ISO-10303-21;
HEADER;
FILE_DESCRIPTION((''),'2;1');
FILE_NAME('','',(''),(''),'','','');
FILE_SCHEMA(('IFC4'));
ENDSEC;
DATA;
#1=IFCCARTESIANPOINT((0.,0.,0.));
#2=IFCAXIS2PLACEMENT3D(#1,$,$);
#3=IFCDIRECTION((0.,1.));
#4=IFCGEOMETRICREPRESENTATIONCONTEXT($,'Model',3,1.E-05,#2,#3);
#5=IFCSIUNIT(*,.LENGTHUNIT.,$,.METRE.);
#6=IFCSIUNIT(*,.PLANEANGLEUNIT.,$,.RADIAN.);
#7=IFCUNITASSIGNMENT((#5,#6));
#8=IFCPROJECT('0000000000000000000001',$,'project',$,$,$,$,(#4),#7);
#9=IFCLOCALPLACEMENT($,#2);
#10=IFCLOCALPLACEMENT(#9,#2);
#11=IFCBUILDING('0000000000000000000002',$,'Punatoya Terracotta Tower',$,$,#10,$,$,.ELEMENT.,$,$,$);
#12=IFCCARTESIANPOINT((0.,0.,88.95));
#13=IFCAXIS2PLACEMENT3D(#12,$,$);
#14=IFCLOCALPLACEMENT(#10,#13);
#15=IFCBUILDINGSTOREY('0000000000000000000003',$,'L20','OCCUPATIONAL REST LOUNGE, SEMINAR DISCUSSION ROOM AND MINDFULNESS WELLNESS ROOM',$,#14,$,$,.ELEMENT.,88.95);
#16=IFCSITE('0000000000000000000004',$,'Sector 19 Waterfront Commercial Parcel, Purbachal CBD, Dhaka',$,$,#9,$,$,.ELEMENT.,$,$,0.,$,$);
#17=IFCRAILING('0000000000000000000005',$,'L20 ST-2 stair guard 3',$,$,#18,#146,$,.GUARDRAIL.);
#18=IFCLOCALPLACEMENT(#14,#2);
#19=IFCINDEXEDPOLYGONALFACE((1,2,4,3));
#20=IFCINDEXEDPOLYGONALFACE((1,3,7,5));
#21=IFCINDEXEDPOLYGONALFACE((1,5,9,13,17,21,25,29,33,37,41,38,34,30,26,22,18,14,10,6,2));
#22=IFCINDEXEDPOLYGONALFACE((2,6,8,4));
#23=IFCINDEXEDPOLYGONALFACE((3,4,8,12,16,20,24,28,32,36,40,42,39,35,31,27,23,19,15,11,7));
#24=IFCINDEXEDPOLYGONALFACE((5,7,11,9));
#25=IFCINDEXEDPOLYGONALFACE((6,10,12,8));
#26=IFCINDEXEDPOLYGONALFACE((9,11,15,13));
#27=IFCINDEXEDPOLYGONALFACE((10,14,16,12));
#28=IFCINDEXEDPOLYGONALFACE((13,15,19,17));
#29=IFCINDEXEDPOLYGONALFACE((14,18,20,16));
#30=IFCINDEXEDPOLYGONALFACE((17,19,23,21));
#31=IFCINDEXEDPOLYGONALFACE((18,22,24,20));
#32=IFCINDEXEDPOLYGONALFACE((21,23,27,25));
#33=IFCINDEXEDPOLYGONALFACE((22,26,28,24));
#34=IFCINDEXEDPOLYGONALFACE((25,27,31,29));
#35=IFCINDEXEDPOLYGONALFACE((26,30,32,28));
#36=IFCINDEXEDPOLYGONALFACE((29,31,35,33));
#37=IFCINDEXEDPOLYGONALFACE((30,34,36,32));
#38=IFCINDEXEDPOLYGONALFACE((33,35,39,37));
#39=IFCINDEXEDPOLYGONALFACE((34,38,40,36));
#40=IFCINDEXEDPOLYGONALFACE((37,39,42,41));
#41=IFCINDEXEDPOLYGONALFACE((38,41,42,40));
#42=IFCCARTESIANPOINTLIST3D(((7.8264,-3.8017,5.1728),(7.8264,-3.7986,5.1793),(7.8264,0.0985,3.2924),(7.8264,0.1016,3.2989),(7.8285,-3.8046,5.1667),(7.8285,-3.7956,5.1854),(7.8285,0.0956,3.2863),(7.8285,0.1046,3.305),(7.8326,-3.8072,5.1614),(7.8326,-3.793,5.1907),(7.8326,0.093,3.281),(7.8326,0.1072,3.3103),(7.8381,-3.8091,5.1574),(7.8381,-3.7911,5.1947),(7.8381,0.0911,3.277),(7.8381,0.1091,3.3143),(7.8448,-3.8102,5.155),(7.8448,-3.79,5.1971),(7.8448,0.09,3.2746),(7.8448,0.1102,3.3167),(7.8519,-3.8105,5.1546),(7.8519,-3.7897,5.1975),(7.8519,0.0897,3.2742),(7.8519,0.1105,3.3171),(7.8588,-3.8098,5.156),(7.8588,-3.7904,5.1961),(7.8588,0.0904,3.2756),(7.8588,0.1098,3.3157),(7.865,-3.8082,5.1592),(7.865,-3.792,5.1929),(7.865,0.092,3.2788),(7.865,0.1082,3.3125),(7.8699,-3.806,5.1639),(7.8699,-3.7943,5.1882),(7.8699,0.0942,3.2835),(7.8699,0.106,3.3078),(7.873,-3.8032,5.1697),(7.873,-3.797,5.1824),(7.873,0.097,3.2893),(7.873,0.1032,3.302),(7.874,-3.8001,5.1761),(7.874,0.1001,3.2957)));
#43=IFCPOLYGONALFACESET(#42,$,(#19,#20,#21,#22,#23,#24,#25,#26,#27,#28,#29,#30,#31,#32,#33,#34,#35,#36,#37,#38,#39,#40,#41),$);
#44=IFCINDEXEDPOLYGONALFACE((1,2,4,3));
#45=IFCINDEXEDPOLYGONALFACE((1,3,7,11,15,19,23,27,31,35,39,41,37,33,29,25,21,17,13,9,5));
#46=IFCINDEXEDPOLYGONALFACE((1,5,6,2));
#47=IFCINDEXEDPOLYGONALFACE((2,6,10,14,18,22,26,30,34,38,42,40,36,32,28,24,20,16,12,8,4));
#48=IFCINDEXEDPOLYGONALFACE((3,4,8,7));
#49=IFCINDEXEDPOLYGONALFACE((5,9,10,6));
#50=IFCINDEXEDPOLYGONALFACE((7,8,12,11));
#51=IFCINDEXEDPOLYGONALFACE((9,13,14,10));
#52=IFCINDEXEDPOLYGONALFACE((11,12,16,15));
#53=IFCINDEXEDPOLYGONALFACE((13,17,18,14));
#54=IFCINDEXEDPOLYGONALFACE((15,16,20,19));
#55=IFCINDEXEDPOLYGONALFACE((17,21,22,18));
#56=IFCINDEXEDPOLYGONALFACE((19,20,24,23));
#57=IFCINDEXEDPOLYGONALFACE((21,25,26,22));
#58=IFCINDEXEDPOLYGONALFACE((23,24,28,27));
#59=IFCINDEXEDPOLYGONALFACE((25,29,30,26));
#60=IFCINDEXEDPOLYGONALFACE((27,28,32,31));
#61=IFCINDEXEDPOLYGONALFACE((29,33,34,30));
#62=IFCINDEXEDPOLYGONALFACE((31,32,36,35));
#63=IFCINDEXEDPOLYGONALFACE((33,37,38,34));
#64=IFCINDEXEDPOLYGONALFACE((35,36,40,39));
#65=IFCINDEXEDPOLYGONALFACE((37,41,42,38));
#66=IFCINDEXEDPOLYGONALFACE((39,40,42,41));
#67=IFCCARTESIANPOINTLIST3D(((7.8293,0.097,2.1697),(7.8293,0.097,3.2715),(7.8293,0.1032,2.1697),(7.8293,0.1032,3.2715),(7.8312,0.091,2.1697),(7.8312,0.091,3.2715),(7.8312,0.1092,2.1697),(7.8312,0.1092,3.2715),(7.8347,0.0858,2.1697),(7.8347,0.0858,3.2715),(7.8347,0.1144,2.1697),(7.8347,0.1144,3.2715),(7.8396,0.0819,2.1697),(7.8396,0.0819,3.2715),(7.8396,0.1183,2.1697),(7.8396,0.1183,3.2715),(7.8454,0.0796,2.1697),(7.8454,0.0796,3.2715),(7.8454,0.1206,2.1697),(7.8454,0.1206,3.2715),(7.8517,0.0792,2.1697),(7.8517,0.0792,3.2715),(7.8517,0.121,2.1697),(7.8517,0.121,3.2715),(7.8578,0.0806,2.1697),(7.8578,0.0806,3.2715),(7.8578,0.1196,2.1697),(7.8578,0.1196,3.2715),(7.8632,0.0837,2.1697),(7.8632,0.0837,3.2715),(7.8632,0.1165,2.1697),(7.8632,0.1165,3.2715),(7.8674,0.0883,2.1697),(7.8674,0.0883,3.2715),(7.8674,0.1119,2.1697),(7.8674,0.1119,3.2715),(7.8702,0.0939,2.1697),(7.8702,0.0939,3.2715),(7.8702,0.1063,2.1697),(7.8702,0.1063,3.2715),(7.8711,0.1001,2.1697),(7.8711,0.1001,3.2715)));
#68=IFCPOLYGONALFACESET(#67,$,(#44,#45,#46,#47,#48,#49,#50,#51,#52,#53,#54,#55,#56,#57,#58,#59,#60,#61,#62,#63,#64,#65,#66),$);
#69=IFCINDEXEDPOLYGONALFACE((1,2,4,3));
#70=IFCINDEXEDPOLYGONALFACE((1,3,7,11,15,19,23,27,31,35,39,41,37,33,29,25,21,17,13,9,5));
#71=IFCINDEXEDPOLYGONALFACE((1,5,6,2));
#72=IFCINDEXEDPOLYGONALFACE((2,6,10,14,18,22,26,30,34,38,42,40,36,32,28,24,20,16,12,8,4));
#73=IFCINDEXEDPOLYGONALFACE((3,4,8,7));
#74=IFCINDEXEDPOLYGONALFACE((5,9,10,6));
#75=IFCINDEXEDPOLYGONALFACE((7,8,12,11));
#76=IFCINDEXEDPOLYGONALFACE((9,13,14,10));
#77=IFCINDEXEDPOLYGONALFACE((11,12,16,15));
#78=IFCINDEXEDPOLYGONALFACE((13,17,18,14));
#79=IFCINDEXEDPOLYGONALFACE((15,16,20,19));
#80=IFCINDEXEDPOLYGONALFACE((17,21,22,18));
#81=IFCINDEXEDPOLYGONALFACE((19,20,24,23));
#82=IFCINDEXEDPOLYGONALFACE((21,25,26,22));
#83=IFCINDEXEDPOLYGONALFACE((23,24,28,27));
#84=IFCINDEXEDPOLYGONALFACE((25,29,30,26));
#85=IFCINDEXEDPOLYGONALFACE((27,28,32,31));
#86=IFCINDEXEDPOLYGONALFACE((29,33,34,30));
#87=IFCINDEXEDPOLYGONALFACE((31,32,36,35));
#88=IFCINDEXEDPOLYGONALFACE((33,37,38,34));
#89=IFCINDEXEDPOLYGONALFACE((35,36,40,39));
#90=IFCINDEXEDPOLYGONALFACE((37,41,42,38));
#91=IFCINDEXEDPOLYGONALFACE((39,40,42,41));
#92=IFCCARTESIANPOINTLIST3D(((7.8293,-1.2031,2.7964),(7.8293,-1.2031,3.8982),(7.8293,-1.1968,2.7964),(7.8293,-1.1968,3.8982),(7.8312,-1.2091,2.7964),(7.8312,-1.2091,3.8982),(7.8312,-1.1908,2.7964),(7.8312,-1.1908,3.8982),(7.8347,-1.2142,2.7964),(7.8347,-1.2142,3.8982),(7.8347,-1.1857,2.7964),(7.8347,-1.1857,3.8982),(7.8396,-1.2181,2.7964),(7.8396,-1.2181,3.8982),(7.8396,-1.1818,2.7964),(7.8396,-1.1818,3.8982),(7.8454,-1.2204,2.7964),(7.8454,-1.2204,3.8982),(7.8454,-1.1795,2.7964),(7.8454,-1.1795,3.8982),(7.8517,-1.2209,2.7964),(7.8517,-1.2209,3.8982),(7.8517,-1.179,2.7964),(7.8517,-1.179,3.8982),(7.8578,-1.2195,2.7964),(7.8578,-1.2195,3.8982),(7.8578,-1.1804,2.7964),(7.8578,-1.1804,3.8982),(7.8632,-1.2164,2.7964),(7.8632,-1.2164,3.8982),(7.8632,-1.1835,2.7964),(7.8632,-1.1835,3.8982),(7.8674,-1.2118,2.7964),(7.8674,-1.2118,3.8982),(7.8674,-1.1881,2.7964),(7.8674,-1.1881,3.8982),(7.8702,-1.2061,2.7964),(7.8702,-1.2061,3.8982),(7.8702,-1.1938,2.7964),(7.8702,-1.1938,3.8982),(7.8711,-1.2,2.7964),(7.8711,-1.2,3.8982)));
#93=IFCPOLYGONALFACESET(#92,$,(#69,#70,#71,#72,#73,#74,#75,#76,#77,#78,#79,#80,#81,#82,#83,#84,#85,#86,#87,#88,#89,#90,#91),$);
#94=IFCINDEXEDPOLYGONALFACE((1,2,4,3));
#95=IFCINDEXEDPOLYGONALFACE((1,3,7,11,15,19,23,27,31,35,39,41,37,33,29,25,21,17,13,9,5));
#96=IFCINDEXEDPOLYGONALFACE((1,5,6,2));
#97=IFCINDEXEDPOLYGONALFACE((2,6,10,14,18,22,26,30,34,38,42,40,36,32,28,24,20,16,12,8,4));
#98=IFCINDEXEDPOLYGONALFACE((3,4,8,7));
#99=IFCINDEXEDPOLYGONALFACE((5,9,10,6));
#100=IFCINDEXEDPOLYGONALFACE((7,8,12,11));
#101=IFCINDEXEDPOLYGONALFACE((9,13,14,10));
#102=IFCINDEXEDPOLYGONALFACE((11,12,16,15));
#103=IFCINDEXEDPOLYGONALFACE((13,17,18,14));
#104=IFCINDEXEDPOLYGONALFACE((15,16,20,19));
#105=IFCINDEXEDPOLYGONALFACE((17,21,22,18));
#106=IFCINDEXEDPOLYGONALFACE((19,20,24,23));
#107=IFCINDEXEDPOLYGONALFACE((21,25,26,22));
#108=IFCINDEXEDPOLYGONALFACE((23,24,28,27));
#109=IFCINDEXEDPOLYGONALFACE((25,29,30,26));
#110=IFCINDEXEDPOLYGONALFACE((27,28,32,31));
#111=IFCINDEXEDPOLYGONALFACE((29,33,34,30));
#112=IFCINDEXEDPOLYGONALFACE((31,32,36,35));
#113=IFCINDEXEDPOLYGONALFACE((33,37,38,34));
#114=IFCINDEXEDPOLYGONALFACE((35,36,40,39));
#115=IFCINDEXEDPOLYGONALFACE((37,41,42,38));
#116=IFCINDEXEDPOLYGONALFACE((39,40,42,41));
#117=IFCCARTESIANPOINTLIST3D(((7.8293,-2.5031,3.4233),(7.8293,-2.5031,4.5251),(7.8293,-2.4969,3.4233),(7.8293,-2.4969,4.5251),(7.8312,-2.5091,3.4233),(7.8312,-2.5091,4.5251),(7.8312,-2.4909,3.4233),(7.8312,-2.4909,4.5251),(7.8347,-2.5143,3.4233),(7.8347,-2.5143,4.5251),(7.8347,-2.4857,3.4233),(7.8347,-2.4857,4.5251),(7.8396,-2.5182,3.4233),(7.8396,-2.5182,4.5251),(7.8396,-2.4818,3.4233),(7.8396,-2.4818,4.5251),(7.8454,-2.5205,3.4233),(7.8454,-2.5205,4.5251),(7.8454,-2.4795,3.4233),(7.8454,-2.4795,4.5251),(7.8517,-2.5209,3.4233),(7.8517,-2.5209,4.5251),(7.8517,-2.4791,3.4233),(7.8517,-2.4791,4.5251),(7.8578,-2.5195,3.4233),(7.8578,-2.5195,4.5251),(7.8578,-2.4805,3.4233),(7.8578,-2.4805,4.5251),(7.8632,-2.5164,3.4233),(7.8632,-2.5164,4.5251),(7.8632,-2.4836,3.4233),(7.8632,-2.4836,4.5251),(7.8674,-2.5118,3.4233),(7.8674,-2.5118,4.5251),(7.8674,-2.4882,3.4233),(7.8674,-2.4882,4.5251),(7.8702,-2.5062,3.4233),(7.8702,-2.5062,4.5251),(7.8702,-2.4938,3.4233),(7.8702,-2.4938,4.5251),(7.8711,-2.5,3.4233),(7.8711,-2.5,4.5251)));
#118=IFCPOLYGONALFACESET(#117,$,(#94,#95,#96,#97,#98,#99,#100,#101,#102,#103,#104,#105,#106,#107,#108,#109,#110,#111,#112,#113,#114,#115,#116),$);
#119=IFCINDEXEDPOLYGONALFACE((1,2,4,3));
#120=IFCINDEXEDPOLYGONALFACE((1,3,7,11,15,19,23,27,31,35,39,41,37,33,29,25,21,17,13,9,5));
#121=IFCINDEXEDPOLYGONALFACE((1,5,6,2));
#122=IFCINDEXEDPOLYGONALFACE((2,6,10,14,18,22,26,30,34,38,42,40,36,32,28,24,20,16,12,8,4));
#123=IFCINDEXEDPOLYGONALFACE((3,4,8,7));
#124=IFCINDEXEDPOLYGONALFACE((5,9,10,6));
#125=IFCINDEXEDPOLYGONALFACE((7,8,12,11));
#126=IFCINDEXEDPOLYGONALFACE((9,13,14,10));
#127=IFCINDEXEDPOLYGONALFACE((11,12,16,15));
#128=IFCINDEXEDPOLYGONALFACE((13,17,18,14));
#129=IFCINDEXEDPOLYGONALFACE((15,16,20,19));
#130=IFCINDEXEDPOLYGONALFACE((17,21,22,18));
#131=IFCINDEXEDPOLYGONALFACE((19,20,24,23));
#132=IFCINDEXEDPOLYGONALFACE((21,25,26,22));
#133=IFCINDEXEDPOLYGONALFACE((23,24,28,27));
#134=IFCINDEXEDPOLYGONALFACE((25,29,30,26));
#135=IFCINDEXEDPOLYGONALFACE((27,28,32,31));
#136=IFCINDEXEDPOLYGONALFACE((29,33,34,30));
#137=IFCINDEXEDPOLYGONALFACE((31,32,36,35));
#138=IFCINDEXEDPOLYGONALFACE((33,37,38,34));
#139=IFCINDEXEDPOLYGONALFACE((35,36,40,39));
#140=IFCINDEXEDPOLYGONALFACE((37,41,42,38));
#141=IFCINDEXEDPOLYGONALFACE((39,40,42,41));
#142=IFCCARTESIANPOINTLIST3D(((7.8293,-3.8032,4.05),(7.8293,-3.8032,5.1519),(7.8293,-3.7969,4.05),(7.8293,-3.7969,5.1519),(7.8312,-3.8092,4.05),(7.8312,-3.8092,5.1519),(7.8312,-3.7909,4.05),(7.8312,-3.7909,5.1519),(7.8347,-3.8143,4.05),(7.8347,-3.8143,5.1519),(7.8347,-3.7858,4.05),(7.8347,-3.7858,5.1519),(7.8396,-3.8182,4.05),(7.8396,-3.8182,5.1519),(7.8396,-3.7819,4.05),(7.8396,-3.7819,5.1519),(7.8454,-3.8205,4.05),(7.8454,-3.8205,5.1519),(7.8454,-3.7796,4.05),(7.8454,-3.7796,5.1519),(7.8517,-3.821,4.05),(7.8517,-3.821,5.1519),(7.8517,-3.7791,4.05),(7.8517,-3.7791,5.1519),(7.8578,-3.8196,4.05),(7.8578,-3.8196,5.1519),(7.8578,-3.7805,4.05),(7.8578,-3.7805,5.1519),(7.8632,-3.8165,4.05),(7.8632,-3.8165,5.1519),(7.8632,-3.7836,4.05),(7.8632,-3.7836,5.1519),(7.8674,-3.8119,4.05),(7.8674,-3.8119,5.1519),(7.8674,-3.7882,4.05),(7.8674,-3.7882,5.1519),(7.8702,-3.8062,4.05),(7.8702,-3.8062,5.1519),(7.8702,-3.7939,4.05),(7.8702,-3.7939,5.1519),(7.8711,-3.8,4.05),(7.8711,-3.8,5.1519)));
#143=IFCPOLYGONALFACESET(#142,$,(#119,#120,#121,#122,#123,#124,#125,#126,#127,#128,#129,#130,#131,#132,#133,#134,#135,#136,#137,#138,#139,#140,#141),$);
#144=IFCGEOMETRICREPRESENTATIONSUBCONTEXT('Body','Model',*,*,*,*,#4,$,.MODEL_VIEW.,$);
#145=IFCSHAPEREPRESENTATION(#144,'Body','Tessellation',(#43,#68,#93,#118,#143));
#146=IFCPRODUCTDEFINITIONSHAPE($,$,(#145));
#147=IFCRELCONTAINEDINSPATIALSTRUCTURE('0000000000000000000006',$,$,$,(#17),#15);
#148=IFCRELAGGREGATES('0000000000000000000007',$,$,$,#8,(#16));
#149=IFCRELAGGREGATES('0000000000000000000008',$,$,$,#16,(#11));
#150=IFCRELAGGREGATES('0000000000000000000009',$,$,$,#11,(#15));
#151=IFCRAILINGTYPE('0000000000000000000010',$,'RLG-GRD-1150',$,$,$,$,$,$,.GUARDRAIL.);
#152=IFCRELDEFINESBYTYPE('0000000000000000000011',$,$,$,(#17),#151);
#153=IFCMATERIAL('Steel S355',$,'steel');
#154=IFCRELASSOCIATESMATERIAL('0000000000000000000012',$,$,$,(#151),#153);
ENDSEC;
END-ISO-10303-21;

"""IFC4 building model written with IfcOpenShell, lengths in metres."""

from ifc_helpers import new_model, si_unit, direction, frame, origin, origin_2d, place, context, subcontext, project, spatial, circle, extrude, material, type_object, element, save


model = new_model("IFC4")

# Units and contexts
model_context = context("Model", 3, precision=1e-05, world=origin(), true_north=direction((0.0, 1.0)))
body_context = subcontext(model_context, "Body", "Model", "MODEL_VIEW")
ifc_project = project(units=[si_unit("LENGTHUNIT", "METRE"), si_unit("PLANEANGLEUNIT", "RADIAN")], contexts=[model_context])

# Site, building, storey
site_placement = place(None, origin())
site = spatial("IfcSite", under=ifc_project, at=site_placement, Name="Sector 19 Waterfront Commercial Parcel, Purbachal CBD, Dhaka", CompositionType="ELEMENT", RefElevation=0.0)
building_placement = place(site_placement, origin())
building = spatial("IfcBuilding", under=site, at=building_placement, Name="Punatoya Terracotta Tower", CompositionType="ELEMENT")
storey_placement = place(building_placement, frame((0.0, 0.0, 88.95)))
storey = spatial("IfcBuildingStorey", under=building, at=storey_placement, Name="L20", Description="OCCUPATIONAL REST LOUNGE, SEMINAR DISCUSSION ROOM AND MINDFULNESS WELLNESS ROOM", CompositionType="ELEMENT", Elevation=88.95)

# Shared definitions
ifc_material_1 = material(Name="Steel S355", Category="steel")

# Railing
railing_type_1 = type_object("IfcRailingType", Name="RLG-GRD-1150", PredefinedType="GUARDRAIL", material=ifc_material_1)
railing_1_placement = place(storey_placement, frame((7.8501, 0.1001, 2.1697)))
element("IfcRailing", 1, at=railing_1_placement, inside=storey, type_object=railing_type_1, Name="L20 ST-2 stair guard 3", PredefinedType="GUARDRAIL", context=body_context, shape_type="SweptSolid", body=[
    extrude(circle(Radius=0.0239, at=origin_2d()), frame((0.0, 0.0, 1.126), z_axis=(0.0, -0.900774, 0.434289), x_axis=(1.0, 0.0, 0.0)), (0.0, 0.0, 1.0), 4.3298),
    extrude(circle(Radius=0.021, at=origin_2d()), origin(), (0.0, 0.0, 1.0), 1.1018),
    extrude(circle(Radius=0.021, at=origin_2d()), frame((0.0, -1.3, 0.6267)), (0.0, 0.0, 1.0), 1.1018),
    extrude(circle(Radius=0.021, at=origin_2d()), frame((0.0, -2.6001, 1.2537)), (0.0, 0.0, 1.0), 1.1018),
    extrude(circle(Radius=0.021, at=origin_2d()), frame((0.0, -3.9001, 1.8804)), (0.0, 0.0, 1.0), 1.1018),
])

save(model, "model.ifc")
